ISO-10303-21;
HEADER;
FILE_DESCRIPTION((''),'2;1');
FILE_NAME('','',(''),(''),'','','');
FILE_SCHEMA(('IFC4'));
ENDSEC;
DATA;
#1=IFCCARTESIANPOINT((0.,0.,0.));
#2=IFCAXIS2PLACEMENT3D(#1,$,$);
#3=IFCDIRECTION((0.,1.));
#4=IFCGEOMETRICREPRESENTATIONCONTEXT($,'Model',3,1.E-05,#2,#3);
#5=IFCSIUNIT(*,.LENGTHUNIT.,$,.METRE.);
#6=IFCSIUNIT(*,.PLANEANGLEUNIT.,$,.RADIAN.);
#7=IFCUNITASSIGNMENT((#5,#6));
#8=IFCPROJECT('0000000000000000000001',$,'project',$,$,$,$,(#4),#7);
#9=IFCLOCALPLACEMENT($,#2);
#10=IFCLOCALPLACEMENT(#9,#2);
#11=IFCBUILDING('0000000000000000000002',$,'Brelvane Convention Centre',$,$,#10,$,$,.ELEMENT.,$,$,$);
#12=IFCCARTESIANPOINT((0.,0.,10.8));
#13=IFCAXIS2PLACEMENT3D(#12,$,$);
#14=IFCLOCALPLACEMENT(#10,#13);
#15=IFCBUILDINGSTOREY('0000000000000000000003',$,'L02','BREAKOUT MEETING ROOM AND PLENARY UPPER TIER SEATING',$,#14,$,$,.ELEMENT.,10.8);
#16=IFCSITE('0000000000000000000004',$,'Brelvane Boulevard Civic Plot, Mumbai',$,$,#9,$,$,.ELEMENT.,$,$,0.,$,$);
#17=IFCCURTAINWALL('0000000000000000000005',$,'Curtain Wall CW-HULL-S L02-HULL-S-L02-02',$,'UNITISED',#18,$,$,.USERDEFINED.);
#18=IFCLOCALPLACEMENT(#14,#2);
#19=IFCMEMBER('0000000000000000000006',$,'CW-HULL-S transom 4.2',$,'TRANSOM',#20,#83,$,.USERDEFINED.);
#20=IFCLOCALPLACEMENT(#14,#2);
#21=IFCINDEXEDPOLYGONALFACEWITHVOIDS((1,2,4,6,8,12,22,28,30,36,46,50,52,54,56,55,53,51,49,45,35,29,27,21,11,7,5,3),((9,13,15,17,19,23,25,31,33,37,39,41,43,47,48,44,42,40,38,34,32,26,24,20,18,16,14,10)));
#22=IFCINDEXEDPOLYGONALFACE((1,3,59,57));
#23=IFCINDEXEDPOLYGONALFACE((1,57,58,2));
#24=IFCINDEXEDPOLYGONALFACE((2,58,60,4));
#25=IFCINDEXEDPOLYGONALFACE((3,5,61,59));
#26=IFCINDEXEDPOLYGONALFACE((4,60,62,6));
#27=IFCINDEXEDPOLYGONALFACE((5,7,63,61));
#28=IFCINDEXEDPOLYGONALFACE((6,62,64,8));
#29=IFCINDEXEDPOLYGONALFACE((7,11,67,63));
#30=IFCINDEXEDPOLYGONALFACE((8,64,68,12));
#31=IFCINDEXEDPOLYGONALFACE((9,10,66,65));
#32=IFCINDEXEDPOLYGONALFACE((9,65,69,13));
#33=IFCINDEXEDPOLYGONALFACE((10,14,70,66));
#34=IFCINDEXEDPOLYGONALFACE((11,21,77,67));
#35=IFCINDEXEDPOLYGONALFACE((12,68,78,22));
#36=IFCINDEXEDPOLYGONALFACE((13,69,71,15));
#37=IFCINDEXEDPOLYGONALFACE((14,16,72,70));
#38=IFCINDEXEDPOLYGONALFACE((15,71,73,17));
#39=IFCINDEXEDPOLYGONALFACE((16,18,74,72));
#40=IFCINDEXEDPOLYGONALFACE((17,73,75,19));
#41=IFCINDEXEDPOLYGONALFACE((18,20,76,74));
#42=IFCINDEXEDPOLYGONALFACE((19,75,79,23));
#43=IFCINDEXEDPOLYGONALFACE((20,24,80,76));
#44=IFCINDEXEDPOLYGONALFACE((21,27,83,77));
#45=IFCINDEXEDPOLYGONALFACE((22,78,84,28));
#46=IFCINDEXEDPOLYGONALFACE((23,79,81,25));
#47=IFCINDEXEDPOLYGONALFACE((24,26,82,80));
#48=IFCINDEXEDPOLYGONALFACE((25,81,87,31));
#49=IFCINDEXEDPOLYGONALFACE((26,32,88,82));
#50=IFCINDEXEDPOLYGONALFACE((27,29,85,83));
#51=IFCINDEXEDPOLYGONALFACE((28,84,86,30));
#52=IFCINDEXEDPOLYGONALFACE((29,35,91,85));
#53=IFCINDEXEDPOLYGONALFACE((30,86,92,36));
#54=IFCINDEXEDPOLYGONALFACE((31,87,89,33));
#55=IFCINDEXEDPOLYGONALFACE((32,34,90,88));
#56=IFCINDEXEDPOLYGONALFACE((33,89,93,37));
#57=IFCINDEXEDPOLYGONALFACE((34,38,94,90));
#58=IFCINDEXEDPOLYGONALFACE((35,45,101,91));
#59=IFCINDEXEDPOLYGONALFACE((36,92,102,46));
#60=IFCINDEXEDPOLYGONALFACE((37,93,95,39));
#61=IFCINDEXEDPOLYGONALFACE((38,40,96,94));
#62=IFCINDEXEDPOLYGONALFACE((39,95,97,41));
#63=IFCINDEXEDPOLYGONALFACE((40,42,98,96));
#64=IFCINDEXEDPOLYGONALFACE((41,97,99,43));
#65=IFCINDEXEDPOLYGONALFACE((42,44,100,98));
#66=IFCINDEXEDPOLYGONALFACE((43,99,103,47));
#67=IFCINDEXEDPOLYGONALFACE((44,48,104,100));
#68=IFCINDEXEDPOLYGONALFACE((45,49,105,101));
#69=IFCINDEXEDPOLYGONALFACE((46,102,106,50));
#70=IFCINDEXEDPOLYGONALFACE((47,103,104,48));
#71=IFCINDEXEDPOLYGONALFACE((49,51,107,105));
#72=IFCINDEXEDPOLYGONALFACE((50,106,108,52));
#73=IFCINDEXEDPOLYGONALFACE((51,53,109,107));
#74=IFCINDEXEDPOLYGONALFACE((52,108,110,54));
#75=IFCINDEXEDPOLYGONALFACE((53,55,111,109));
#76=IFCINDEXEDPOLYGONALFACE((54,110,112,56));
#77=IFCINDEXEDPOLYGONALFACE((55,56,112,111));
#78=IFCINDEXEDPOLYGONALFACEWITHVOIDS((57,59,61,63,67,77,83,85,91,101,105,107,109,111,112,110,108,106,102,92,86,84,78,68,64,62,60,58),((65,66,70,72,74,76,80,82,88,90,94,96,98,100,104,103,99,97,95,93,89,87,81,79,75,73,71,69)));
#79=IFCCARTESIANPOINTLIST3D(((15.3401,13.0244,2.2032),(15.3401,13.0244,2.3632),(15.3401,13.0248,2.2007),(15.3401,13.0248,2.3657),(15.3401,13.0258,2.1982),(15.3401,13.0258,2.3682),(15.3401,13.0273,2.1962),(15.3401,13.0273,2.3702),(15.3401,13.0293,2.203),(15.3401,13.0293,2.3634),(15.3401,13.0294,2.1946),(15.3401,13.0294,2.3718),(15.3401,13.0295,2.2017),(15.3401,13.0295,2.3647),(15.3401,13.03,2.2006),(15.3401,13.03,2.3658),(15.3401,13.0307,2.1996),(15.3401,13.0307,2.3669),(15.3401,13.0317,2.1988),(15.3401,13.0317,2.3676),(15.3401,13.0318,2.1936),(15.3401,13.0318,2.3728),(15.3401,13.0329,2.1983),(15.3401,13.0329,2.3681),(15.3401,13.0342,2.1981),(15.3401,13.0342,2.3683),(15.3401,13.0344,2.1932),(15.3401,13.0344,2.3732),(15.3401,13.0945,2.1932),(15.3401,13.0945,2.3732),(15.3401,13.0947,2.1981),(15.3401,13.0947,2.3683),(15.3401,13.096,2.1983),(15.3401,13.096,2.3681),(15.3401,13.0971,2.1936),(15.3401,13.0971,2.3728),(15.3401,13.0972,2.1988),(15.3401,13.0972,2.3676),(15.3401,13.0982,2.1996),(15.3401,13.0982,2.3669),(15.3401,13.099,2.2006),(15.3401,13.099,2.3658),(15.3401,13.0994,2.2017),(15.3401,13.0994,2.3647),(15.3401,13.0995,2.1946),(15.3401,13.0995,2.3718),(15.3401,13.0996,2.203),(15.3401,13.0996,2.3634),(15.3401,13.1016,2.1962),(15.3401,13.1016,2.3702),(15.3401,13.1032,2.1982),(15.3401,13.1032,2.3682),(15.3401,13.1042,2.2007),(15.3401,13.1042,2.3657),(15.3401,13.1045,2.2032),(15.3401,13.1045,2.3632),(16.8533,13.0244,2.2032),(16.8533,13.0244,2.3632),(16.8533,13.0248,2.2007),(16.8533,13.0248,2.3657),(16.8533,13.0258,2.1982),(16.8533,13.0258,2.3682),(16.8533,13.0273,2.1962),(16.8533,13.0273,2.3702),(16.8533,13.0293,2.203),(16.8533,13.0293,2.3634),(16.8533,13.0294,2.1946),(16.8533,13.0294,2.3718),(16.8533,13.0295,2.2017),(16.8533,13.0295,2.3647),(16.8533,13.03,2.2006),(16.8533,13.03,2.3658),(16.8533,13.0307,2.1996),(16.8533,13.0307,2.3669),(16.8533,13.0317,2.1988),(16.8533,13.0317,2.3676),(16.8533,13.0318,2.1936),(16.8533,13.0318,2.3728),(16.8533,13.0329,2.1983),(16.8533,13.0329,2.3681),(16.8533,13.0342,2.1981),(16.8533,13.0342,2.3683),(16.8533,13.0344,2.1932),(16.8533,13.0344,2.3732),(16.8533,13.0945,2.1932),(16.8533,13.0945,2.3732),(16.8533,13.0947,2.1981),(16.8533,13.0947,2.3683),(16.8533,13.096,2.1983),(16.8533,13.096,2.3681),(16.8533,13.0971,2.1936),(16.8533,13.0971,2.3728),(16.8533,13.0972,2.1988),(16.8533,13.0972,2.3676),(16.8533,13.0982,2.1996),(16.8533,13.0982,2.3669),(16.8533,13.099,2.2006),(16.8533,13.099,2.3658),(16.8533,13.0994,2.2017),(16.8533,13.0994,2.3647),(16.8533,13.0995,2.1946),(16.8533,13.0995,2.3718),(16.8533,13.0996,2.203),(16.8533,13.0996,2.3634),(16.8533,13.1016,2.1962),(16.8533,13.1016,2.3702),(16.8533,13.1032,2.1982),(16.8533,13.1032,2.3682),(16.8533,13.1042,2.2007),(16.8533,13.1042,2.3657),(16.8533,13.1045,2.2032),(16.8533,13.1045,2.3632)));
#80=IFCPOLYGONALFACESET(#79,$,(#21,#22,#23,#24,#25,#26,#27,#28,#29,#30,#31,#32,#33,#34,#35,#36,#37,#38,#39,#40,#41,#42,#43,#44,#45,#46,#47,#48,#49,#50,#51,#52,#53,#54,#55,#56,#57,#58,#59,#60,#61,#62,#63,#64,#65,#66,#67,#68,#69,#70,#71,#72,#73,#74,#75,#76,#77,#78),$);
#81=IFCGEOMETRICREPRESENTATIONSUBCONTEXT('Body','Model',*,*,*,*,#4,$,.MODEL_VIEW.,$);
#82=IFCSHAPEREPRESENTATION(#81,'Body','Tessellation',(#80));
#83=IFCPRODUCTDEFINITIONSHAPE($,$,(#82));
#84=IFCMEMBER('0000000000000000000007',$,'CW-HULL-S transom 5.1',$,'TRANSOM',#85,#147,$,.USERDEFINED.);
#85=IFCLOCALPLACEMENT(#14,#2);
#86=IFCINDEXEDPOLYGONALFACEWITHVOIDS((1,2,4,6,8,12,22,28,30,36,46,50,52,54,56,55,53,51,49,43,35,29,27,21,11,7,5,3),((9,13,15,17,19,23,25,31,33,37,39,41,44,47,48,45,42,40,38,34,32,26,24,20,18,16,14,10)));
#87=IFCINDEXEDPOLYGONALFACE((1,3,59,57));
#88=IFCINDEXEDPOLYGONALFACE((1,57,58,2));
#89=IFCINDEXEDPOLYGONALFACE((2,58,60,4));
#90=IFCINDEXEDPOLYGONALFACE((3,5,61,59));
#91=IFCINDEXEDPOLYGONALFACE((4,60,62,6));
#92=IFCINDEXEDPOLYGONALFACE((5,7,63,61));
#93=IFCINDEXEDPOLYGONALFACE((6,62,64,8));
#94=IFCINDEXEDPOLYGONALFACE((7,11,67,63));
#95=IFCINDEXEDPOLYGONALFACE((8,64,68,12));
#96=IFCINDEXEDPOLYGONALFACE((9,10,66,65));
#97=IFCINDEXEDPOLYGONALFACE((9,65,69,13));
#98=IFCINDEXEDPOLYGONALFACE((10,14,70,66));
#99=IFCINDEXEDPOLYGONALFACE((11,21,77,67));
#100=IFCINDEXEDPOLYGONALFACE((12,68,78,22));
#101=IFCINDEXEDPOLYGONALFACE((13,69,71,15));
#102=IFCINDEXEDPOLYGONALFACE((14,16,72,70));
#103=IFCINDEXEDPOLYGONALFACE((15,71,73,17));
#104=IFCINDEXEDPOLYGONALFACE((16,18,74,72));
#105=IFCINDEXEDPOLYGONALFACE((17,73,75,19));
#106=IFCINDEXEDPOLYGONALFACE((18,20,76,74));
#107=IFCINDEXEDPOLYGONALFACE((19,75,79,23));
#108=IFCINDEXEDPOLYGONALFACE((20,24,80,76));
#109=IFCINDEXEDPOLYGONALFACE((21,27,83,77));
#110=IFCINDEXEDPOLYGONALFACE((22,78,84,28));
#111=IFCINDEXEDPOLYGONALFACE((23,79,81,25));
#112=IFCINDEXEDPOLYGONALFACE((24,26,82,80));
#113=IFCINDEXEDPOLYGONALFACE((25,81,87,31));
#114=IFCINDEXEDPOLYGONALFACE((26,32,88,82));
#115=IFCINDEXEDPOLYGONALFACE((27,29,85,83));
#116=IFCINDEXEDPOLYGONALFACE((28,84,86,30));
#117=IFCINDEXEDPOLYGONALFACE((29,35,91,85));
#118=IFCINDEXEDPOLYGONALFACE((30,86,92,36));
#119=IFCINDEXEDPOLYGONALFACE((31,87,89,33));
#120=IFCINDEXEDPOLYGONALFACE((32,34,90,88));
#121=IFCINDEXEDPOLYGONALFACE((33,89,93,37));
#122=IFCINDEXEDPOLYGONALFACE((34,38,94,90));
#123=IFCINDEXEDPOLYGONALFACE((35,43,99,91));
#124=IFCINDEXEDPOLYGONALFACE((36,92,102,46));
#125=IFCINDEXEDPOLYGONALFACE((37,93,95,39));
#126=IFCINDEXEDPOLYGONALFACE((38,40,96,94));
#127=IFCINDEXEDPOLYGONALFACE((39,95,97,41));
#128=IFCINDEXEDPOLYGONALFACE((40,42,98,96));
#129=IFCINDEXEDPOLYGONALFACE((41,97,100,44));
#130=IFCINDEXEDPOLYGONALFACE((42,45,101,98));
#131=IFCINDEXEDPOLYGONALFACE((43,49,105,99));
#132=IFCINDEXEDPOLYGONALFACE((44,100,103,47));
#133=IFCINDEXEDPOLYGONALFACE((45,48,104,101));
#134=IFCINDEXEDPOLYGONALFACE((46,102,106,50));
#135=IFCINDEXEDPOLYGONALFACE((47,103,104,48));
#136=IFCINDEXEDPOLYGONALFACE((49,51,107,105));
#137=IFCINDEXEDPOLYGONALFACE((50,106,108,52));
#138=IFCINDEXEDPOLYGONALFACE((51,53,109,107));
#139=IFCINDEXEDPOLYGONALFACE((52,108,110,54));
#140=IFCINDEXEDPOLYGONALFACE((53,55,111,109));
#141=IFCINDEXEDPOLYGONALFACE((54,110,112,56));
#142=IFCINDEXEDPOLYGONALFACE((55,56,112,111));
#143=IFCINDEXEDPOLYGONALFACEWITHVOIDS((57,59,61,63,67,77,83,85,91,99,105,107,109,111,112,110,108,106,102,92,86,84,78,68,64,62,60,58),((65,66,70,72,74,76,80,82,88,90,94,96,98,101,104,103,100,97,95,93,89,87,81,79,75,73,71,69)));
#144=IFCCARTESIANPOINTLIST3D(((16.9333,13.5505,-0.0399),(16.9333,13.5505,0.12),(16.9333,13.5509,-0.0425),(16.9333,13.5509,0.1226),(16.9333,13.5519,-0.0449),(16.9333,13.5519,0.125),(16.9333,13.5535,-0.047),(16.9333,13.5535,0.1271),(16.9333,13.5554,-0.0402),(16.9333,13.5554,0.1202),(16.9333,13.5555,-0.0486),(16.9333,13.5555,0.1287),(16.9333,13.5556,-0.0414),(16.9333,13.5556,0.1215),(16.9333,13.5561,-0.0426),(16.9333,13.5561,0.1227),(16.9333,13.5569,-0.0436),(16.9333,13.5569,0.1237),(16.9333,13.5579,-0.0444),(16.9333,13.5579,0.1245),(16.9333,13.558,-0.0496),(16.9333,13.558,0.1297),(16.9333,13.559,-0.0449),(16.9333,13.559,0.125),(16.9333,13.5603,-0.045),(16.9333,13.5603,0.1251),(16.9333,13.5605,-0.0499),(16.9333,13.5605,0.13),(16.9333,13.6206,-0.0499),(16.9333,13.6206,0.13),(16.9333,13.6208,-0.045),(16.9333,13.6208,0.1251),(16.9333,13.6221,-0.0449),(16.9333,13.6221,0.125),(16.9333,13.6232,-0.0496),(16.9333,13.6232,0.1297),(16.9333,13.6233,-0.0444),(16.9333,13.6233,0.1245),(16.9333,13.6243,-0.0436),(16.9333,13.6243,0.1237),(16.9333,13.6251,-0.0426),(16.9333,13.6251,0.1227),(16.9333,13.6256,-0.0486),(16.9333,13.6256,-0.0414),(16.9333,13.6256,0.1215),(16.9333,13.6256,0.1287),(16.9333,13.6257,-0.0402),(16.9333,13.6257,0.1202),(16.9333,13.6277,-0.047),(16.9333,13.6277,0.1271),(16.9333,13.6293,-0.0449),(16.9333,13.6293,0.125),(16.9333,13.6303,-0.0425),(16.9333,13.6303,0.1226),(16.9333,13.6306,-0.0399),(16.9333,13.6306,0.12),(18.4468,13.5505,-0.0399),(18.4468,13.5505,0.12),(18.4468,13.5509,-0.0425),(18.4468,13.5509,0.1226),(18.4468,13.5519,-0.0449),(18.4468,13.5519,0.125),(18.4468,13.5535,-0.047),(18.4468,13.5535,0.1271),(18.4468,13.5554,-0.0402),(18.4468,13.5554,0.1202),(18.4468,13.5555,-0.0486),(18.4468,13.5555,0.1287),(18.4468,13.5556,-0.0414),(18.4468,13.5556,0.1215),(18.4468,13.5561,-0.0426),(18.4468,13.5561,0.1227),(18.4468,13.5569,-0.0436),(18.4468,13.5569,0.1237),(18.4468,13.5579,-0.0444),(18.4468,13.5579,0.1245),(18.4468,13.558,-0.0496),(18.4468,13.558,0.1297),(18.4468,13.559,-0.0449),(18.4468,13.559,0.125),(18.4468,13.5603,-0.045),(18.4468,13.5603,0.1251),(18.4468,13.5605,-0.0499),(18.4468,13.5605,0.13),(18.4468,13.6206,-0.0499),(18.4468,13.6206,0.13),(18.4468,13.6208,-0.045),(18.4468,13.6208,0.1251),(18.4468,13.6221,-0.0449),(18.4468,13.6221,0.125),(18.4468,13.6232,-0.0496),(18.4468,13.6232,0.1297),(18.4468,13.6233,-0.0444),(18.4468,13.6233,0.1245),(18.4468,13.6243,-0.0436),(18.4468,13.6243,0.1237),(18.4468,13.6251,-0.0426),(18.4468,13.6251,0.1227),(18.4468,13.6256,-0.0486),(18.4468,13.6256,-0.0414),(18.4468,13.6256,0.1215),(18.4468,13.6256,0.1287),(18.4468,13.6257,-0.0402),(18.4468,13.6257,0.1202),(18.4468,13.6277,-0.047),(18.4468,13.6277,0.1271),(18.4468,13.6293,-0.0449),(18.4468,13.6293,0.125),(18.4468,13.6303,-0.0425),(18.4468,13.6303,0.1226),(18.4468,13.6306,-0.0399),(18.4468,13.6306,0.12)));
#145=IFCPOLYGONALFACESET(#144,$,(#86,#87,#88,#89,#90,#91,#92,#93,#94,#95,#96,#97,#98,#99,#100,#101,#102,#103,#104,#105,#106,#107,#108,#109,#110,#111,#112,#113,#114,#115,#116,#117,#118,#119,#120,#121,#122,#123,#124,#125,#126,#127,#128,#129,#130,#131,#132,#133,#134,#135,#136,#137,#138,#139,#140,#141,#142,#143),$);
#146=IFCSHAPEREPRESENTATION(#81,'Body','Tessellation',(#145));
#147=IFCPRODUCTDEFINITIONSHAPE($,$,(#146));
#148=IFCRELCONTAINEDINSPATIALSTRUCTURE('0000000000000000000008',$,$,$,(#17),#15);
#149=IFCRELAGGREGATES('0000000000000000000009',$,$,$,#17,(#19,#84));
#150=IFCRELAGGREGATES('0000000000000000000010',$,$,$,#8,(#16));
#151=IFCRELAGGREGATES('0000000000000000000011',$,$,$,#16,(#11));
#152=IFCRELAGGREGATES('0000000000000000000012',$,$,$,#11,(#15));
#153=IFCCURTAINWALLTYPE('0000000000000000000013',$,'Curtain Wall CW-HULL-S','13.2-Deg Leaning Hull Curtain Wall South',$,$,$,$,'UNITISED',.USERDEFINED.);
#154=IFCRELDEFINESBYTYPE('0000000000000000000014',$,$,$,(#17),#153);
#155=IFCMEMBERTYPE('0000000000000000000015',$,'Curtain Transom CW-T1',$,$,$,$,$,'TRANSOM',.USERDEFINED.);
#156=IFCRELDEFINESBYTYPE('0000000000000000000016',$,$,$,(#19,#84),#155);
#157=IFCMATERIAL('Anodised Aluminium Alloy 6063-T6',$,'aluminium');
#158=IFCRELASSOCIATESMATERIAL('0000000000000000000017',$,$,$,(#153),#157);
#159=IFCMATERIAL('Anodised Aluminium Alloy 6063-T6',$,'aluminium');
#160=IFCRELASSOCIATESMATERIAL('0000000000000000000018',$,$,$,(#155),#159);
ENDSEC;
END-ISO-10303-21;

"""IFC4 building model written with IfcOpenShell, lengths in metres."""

from ifc_helpers import new_model, si_unit, direction, frame, origin, origin_2d, place, context, subcontext, project, spatial, hollow_rectangle, extrude, material, material_profile, profile_set, type_object, element, aggregate, save


model = new_model("IFC4")

# Units and contexts
model_context = context("Model", 3, precision=1e-05, world=origin(), true_north=direction((0.0, 1.0)))
body_context = subcontext(model_context, "Body", "Model", "MODEL_VIEW")
ifc_project = project(units=[si_unit("LENGTHUNIT", "METRE"), si_unit("PLANEANGLEUNIT", "RADIAN")], contexts=[model_context])

# Site, building, storey
site_placement = place(None, origin())
site = spatial("IfcSite", under=ifc_project, at=site_placement, Name="Brelvane Boulevard Civic Plot, Mumbai", CompositionType="ELEMENT", RefElevation=0.0)
building_placement = place(site_placement, origin())
building = spatial("IfcBuilding", under=site, at=building_placement, Name="Brelvane Convention Centre", CompositionType="ELEMENT")
storey_placement = place(building_placement, frame((0.0, 0.0, 10.8)))
storey = spatial("IfcBuildingStorey", under=building, at=storey_placement, Name="L02", Description="BREAKOUT MEETING ROOM AND PLENARY UPPER TIER SEATING", CompositionType="ELEMENT", Elevation=10.8)

# Shared definitions
ifc_material_1 = material(Name="Anodised Aluminium Alloy 6063-T6", Category="aluminium")
curtain_wall_type = type_object("IfcCurtainWallType", Name="Curtain Wall CW-HULL-S", Description="13.2-Deg Leaning Hull Curtain Wall South", ElementType="UNITISED", PredefinedType="USERDEFINED", material=ifc_material_1)

# Curtain wall
curtain_wall_1_placement = place(storey_placement, origin())
curtain_wall_1 = element("IfcCurtainWall", 1, at=curtain_wall_1_placement, inside=storey, type_object=curtain_wall_type, Name="Curtain Wall CW-HULL-S L02-HULL-S-L02-02", ObjectType="UNITISED", PredefinedType="USERDEFINED")

# Members
ifc_material_2 = material(Name="Anodised Aluminium Alloy 6063-T6", Category="aluminium")
ifc_material_profile_1 = material_profile(ifc_material_2, hollow_rectangle(XDim=0.0801, YDim=0.1799, WallThickness=0.0049, InnerFilletRadius=0.0049, OuterFilletRadius=0.01, at=origin_2d()), Name="ALU-T 180x80x5.0")
ifc_profile_set_1 = profile_set([ifc_material_profile_1], Name="Anodised Aluminium Alloy 6063-T6")
member_type_1 = type_object("IfcMemberType", Name="Curtain Transom CW-T1", ElementType="TRANSOM", PredefinedType="USERDEFINED", material=ifc_profile_set_1)
member_1_placement = place(storey_placement, frame((15.3401, 13.0645, 2.2832), z_axis=(1.0, 0.0, 0.0), x_axis=(0.0, 1.0, 0.0)))
member_1 = element("IfcMember", 2, at=member_1_placement, type_object=member_type_1, Name="CW-HULL-S transom 4.2", ObjectType="TRANSOM", PredefinedType="USERDEFINED", context=body_context, shape_type="SweptSolid", body=[
    extrude(hollow_rectangle(XDim=0.0801, YDim=0.1799, WallThickness=0.0049, InnerFilletRadius=0.0049, OuterFilletRadius=0.01, at=origin_2d()), origin(), (0.0, 0.0, 1.0), 1.5132),
])
member_2_placement = place(storey_placement, frame((16.9333, 13.5906, 0.04), z_axis=(1.0, 0.0, 0.0), x_axis=(0.0, 1.0, 0.0)))
member_2 = element("IfcMember", 3, at=member_2_placement, type_object=member_type_1, Name="CW-HULL-S transom 5.1", ObjectType="TRANSOM", PredefinedType="USERDEFINED", context=body_context, shape_type="SweptSolid", body=[
    extrude(hollow_rectangle(XDim=0.0801, YDim=0.1799, WallThickness=0.0049, InnerFilletRadius=0.0049, OuterFilletRadius=0.01, at=origin_2d()), origin(), (0.0, 0.0, 1.0), 1.5134),
])

aggregate(curtain_wall_1, [member_1, member_2])

save(model, "model.ifc")
